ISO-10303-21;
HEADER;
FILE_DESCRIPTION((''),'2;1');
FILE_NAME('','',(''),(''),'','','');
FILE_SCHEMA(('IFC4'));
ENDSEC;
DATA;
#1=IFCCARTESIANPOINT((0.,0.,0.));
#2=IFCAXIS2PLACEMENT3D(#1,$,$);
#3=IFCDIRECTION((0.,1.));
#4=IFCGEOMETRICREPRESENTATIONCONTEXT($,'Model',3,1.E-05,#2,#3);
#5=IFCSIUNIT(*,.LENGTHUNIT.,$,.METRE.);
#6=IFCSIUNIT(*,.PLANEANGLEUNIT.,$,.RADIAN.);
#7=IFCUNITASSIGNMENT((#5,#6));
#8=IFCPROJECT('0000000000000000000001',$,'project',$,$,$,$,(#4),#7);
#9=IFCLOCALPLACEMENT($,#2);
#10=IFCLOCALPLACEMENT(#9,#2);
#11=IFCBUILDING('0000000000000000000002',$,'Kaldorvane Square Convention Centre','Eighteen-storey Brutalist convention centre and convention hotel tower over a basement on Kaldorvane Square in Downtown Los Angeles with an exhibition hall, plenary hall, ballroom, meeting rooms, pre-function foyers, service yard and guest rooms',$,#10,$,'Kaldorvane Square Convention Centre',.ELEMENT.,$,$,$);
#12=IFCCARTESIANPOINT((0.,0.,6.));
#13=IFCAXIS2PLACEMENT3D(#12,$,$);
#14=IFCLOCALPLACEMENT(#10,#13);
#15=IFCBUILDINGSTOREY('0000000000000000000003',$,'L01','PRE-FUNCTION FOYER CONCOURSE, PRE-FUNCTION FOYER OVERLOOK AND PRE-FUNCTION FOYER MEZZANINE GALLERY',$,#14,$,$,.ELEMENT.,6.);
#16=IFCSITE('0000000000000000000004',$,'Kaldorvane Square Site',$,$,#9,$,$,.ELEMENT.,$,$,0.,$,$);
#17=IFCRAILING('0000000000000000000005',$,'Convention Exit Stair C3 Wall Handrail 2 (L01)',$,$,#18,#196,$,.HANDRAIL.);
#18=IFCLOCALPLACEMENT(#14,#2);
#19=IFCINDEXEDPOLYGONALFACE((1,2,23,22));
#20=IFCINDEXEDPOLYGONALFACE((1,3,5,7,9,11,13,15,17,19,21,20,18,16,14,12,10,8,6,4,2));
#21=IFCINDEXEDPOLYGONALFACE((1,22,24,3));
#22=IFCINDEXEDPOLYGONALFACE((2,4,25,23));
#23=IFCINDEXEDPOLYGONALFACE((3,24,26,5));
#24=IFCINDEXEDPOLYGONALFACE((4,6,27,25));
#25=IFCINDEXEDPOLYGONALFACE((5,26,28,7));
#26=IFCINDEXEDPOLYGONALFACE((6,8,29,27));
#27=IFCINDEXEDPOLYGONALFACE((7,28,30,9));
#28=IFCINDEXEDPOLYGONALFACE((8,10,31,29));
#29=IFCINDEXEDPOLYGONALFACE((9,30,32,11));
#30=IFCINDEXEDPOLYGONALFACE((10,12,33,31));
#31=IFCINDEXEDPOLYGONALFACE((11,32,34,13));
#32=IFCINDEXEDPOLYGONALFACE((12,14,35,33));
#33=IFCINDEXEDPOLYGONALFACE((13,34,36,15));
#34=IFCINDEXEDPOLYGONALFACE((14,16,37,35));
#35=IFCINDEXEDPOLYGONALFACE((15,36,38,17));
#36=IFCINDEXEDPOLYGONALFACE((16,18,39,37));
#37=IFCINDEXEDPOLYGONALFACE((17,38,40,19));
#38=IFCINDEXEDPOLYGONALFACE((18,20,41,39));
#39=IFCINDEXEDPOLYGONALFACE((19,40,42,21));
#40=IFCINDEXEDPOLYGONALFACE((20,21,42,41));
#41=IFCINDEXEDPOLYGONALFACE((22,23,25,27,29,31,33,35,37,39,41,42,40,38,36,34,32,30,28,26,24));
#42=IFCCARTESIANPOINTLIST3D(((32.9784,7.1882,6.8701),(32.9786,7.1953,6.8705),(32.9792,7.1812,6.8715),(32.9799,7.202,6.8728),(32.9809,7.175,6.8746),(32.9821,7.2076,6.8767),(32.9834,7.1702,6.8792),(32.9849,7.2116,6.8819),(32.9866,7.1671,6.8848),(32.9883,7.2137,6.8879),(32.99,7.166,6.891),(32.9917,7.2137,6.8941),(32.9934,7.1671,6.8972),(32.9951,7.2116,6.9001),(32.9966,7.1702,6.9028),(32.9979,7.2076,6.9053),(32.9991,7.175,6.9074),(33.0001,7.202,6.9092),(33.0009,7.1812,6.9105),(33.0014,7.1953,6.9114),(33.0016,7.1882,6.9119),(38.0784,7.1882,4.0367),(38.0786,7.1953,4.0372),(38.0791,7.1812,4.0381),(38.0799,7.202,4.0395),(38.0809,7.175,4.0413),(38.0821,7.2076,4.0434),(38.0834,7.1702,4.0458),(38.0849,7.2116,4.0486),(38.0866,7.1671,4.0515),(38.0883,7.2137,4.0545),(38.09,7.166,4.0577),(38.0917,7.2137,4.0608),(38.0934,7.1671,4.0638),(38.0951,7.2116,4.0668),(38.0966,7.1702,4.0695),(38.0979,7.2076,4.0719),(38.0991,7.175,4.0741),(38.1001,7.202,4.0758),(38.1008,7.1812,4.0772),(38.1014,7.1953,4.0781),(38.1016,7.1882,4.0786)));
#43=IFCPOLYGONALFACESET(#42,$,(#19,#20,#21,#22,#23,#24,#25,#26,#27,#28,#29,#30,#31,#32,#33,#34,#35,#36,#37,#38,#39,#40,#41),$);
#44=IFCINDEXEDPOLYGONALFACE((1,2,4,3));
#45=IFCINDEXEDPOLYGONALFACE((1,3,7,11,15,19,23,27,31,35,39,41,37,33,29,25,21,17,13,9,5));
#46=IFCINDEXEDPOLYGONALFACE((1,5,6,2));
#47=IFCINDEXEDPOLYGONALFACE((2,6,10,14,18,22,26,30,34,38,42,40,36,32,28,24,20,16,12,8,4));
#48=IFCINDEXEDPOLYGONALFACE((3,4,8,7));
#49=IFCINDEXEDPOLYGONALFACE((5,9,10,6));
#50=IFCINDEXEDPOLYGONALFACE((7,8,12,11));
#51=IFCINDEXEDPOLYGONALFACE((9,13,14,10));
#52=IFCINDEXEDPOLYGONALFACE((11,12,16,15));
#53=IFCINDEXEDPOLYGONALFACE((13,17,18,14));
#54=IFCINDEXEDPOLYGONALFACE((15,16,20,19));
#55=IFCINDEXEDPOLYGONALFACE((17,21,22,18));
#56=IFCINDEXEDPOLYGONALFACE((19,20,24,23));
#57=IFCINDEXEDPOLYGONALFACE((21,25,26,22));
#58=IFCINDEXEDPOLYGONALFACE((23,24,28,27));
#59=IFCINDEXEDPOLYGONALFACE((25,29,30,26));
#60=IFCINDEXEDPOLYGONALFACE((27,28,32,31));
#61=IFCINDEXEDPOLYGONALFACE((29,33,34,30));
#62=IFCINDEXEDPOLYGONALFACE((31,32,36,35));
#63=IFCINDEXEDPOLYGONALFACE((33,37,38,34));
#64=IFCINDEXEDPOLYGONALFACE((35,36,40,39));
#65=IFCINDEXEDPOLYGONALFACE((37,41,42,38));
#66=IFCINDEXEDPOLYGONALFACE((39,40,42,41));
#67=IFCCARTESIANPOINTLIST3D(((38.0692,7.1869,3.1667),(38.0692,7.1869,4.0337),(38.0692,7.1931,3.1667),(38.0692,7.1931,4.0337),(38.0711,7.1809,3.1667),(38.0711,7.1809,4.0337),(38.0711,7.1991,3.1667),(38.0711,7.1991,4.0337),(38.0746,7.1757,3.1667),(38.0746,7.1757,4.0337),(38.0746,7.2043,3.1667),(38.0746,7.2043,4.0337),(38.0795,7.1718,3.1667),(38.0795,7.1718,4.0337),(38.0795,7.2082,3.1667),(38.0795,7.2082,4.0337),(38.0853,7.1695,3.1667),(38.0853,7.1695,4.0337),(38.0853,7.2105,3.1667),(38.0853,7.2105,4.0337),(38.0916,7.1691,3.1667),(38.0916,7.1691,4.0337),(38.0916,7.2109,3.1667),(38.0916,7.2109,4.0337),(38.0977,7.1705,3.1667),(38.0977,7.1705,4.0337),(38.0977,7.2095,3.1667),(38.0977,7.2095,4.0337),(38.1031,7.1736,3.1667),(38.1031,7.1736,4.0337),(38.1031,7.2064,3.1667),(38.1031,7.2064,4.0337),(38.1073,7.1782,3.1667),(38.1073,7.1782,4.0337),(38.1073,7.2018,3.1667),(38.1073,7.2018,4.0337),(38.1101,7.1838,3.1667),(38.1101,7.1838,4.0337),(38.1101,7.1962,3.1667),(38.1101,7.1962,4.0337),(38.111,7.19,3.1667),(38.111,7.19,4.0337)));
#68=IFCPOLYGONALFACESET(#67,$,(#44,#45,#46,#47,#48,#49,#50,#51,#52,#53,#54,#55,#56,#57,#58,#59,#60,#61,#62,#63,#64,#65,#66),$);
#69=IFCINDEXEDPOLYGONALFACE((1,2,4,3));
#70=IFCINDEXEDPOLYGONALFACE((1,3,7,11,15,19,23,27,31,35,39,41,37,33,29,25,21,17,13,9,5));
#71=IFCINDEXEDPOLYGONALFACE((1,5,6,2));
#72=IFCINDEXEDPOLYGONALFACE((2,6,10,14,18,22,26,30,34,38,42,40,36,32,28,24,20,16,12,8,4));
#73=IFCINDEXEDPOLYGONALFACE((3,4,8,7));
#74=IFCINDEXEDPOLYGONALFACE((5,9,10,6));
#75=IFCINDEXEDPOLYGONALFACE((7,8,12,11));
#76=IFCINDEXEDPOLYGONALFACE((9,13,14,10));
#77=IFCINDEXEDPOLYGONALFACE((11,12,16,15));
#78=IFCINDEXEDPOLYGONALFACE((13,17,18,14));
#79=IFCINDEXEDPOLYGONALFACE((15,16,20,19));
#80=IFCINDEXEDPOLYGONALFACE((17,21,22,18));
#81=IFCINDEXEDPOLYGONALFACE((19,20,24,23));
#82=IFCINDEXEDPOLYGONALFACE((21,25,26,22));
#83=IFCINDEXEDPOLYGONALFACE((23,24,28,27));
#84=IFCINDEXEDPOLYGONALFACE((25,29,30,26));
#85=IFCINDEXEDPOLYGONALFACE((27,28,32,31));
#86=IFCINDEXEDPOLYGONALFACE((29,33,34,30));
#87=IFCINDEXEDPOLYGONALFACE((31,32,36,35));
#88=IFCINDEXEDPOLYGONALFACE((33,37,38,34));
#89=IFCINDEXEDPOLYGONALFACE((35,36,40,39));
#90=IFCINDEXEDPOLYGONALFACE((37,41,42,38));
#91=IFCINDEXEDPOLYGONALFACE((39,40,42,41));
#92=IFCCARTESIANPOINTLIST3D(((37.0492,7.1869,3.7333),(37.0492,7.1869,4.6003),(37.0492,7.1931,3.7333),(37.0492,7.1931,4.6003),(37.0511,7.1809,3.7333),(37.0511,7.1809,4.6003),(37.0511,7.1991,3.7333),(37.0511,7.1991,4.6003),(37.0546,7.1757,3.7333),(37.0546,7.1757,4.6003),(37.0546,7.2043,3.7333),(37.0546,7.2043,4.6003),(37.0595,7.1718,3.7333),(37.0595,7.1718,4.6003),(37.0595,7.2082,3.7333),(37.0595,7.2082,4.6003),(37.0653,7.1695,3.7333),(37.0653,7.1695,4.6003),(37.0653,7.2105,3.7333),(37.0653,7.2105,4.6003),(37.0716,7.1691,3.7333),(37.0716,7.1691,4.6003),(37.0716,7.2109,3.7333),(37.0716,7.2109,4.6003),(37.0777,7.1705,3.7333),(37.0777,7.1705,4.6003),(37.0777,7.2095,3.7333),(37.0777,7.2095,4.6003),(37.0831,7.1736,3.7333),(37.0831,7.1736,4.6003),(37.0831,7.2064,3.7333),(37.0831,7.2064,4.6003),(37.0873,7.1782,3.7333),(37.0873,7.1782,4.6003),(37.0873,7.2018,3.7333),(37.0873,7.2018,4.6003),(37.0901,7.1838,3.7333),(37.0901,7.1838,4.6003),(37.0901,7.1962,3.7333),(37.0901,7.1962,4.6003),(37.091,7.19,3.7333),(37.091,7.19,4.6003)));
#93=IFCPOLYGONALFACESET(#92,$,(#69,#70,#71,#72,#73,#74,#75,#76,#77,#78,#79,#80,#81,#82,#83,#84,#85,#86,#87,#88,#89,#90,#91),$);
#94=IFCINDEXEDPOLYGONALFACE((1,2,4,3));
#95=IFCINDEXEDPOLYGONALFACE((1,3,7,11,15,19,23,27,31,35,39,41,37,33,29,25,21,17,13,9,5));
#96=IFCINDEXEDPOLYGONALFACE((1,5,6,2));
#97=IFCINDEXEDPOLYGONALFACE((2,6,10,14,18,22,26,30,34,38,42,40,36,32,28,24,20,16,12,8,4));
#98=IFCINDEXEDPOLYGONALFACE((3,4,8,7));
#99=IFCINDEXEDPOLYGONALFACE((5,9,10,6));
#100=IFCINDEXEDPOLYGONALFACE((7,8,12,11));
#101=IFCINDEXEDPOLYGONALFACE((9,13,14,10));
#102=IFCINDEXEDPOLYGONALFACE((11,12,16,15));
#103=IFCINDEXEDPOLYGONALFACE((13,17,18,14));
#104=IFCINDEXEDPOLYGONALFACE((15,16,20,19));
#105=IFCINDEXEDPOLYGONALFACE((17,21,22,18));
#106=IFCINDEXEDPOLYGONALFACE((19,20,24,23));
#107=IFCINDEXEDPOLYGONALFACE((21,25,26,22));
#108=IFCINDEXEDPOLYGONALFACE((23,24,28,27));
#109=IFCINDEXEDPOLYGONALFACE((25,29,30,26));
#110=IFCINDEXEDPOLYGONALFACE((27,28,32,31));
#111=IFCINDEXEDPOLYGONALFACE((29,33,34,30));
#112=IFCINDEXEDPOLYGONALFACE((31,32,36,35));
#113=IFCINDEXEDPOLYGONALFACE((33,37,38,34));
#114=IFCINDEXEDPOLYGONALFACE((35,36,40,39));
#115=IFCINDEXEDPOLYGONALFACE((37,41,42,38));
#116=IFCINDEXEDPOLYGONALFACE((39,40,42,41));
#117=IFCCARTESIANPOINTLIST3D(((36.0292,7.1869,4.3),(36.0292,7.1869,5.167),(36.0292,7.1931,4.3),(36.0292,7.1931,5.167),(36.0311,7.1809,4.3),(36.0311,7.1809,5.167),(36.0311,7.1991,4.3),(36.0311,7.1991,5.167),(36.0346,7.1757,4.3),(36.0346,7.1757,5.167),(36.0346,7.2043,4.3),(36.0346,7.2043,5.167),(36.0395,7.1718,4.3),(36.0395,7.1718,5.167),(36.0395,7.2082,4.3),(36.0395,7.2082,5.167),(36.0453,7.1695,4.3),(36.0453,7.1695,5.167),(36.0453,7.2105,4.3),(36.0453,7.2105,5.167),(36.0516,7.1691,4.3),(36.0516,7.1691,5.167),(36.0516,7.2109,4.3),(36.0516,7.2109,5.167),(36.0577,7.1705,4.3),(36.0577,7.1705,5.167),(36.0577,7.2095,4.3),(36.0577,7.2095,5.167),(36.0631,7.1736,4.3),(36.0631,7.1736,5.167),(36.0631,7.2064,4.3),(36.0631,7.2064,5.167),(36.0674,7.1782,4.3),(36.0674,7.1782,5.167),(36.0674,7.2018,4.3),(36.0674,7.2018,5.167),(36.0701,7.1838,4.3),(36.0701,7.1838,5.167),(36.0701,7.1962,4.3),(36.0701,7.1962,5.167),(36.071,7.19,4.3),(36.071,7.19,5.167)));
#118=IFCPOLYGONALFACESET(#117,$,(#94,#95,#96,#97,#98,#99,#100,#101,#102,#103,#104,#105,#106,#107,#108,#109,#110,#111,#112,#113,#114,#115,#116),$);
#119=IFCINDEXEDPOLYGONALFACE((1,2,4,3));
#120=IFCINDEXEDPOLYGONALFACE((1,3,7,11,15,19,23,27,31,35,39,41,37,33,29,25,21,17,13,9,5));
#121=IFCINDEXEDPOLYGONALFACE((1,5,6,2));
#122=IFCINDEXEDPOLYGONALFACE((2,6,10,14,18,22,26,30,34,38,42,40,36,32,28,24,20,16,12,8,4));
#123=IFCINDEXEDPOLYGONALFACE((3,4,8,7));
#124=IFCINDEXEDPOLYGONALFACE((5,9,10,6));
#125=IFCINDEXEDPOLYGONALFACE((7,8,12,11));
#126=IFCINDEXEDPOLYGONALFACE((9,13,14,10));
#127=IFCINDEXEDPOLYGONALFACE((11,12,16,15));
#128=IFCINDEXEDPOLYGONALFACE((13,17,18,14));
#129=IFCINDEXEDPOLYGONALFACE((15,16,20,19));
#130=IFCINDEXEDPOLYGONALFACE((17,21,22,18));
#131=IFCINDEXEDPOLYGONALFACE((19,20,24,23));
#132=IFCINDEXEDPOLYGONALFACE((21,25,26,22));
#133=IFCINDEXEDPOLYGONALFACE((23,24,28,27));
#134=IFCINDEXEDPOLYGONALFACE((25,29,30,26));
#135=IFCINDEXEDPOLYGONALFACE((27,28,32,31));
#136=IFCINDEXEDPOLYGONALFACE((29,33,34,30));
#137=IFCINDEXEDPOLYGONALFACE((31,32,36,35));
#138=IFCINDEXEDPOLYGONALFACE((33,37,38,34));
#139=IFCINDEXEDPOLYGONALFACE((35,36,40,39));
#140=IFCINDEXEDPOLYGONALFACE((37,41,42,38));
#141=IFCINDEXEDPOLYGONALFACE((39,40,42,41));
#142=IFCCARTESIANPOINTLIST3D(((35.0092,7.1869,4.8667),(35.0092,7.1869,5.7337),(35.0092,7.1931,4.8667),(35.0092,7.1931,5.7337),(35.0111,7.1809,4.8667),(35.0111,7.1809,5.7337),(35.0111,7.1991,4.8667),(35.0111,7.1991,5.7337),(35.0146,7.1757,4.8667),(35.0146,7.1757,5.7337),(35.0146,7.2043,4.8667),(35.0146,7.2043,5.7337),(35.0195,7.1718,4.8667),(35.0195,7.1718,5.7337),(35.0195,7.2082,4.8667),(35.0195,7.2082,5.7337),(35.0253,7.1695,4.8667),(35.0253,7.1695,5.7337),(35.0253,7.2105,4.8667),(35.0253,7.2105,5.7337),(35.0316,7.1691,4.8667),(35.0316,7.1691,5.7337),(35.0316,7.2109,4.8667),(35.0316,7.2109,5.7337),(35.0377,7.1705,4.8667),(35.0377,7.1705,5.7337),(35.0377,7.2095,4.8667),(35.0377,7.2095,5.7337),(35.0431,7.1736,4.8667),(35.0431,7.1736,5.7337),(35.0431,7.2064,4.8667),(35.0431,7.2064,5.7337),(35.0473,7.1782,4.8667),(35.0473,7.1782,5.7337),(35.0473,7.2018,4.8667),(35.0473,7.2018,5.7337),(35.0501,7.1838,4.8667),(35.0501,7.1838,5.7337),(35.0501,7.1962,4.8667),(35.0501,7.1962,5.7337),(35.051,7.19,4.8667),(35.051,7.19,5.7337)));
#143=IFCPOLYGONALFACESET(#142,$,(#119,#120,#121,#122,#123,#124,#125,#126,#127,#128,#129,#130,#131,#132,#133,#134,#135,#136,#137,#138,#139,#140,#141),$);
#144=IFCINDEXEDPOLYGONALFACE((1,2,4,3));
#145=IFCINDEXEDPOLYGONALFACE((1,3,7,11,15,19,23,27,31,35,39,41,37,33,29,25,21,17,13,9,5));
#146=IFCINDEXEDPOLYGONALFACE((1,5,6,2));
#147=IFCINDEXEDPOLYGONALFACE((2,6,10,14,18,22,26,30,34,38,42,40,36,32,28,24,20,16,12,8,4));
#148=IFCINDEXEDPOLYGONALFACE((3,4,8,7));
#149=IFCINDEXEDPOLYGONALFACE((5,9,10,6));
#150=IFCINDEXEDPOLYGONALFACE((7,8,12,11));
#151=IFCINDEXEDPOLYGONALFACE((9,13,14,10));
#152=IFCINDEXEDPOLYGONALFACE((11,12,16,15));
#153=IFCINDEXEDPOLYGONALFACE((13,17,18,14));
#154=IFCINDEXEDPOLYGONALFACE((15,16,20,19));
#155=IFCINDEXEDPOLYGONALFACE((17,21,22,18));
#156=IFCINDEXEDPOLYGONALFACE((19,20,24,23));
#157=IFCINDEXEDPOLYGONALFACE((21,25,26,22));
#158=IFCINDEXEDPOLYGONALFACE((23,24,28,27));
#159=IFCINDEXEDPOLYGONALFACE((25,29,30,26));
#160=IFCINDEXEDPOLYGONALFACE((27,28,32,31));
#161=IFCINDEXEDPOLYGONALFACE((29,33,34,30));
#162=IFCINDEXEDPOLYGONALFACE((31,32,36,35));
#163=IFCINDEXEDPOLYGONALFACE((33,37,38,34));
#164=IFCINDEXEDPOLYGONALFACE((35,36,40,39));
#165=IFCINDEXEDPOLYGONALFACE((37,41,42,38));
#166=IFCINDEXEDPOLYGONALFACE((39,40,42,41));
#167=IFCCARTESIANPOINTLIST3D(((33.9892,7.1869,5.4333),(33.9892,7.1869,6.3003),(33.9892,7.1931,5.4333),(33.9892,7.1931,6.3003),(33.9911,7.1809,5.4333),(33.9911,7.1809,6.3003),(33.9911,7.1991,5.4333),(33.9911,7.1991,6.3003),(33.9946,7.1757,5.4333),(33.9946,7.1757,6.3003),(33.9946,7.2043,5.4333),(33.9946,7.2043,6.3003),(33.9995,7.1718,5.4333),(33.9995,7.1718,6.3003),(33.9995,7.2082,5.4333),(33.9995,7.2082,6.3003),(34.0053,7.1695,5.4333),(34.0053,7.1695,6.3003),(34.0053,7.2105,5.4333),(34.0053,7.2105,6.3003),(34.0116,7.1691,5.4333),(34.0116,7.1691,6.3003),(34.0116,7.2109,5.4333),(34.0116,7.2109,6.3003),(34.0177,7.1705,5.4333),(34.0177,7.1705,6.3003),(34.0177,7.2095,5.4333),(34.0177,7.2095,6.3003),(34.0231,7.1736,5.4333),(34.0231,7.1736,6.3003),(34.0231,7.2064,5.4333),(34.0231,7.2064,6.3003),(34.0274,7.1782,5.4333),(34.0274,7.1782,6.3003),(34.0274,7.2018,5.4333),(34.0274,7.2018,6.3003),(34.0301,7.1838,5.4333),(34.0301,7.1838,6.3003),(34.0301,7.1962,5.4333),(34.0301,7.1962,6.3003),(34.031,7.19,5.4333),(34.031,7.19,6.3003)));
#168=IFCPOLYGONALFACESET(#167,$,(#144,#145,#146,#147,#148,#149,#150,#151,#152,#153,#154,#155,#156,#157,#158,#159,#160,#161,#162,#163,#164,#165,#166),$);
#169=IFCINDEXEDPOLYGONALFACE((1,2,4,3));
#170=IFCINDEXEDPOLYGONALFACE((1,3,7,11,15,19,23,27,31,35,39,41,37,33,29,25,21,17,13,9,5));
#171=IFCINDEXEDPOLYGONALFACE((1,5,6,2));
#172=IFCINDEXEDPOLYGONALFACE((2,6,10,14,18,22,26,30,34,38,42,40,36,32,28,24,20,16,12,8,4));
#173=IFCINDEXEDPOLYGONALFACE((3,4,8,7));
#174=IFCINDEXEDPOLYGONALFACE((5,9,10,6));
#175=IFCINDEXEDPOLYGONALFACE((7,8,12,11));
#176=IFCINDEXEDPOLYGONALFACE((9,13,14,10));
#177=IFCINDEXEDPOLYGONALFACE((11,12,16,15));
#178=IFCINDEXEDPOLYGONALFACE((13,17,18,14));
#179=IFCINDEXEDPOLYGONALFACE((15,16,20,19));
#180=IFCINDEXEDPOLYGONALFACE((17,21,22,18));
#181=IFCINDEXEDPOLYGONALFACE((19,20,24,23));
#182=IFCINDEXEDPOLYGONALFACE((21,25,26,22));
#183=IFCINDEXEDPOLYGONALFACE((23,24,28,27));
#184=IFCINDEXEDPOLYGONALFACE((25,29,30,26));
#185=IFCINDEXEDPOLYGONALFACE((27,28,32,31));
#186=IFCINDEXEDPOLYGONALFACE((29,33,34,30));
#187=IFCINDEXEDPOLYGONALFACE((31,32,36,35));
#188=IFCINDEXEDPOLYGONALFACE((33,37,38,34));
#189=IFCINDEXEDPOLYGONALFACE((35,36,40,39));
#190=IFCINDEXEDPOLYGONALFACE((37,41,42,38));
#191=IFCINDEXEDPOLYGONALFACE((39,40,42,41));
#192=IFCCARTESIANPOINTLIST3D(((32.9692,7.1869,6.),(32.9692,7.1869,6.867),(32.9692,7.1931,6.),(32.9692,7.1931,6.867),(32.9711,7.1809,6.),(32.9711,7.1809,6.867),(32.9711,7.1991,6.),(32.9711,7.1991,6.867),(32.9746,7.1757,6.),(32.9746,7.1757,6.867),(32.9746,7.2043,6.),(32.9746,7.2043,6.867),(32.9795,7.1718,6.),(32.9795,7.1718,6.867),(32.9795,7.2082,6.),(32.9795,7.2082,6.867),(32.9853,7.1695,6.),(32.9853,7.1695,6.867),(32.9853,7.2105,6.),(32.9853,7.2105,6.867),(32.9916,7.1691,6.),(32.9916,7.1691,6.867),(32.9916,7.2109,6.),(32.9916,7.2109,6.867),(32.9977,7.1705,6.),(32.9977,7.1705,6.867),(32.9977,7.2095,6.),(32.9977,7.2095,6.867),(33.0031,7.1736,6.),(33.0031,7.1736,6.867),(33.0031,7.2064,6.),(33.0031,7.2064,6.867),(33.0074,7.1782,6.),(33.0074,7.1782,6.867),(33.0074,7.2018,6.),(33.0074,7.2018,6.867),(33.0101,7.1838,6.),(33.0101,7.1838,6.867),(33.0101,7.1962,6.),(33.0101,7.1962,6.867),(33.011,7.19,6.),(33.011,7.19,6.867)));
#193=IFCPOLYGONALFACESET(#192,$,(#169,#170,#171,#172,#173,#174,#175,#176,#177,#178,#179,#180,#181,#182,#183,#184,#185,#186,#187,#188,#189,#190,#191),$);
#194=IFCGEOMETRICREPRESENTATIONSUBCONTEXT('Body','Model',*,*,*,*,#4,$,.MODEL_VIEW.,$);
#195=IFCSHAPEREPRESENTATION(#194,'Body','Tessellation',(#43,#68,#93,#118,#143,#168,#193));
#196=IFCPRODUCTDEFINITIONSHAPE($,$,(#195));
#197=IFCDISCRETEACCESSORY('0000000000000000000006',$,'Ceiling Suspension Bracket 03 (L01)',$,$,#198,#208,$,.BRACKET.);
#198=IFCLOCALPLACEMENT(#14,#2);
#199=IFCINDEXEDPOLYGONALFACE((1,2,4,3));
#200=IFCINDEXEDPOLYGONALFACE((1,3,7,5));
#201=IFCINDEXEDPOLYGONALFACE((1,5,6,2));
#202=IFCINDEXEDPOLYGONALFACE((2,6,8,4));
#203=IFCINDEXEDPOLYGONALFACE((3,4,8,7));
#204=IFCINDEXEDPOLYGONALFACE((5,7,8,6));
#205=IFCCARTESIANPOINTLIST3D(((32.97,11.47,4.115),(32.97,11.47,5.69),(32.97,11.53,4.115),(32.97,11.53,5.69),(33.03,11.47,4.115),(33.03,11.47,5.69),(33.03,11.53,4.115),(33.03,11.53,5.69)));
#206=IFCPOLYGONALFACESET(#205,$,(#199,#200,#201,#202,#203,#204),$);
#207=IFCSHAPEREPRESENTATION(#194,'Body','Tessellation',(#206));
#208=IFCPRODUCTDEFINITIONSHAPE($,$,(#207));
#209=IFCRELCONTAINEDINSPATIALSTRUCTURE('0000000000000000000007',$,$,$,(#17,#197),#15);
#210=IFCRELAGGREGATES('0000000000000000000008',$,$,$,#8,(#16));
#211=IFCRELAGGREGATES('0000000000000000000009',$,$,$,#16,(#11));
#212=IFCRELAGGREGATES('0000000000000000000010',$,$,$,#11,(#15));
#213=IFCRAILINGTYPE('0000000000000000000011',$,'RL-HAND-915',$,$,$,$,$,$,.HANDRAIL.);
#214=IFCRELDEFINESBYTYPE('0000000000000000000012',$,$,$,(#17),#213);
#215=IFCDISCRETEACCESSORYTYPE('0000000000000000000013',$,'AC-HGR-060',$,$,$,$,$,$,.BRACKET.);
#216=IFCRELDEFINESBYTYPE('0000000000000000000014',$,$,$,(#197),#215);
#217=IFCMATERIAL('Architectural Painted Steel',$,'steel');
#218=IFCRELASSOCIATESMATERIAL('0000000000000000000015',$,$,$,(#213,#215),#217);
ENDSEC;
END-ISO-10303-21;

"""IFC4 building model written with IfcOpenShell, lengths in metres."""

from ifc_helpers import new_model, si_unit, direction, frame, origin, origin_2d, place, context, subcontext, project, spatial, rectangle, circle, extrude, material, type_object, element, save


model = new_model("IFC4")

# Units and contexts
model_context = context("Model", 3, precision=1e-05, world=origin(), true_north=direction((0.0, 1.0)))
body_context = subcontext(model_context, "Body", "Model", "MODEL_VIEW")
ifc_project = project(units=[si_unit("LENGTHUNIT", "METRE"), si_unit("PLANEANGLEUNIT", "RADIAN")], contexts=[model_context])

# Site, building, storey
site_placement = place(None, origin())
site = spatial("IfcSite", under=ifc_project, at=site_placement, Name="Kaldorvane Square Site", CompositionType="ELEMENT", RefElevation=0.0)
building_placement = place(site_placement, origin())
building = spatial("IfcBuilding", under=site, at=building_placement, Name="Kaldorvane Square Convention Centre", Description="Eighteen-storey Brutalist convention centre and convention hotel tower over a basement on Kaldorvane Square in Downtown Los Angeles with an exhibition hall, plenary hall, ballroom, meeting rooms, pre-function foyers, service yard and guest rooms", LongName="Kaldorvane Square Convention Centre", CompositionType="ELEMENT")
storey_placement = place(building_placement, frame((0.0, 0.0, 6.0)))
storey = spatial("IfcBuildingStorey", under=building, at=storey_placement, Name="L01", Description="PRE-FUNCTION FOYER CONCOURSE, PRE-FUNCTION FOYER OVERLOOK AND PRE-FUNCTION FOYER MEZZANINE GALLERY", CompositionType="ELEMENT", Elevation=6.0)

# Railing
ifc_material_1 = material(Name="Architectural Painted Steel", Category="steel")
railing_type_1 = type_object("IfcRailingType", Name="RL-HAND-915", PredefinedType="HANDRAIL", material=ifc_material_1)
railing_1_placement = place(storey_placement, frame((38.09, 7.19, 3.1667)))
element("IfcRailing", 1, at=railing_1_placement, inside=storey, type_object=railing_type_1, Name="Convention Exit Stair C3 Wall Handrail 2 (L01)", PredefinedType="HANDRAIL", context=body_context, shape_type="SweptSolid", body=[
    extrude(circle(Radius=0.024, at=origin_2d()), frame((0.0, 0.0, 0.891), z_axis=(-0.874157, 0.0, 0.485643), x_axis=(0.0, -1.0, 0.0)), (0.0, 0.0, 1.0), 5.8342),
    extrude(circle(Radius=0.021, at=origin_2d()), origin(), (0.0, 0.0, 1.0), 0.867),
    extrude(circle(Radius=0.021, at=origin_2d()), frame((-1.02, 0.0, 0.5667)), (0.0, 0.0, 1.0), 0.867),
    extrude(circle(Radius=0.021, at=origin_2d()), frame((-2.04, 0.0, 1.1333)), (0.0, 0.0, 1.0), 0.867),
    extrude(circle(Radius=0.021, at=origin_2d()), frame((-3.06, 0.0, 1.7)), (0.0, 0.0, 1.0), 0.867),
    extrude(circle(Radius=0.021, at=origin_2d()), frame((-4.08, 0.0, 2.2667)), (0.0, 0.0, 1.0), 0.867),
    extrude(circle(Radius=0.021, at=origin_2d()), frame((-5.1, 0.0, 2.8333)), (0.0, 0.0, 1.0), 0.867),
])

# Discrete accessory
discrete_accessory_type = type_object("IfcDiscreteAccessoryType", Name="AC-HGR-060", PredefinedType="BRACKET", material=ifc_material_1)
discrete_accessory_placement = place(storey_placement, frame((33.0, 11.5, 4.115), z_axis=(0.0, 0.0, 1.0), x_axis=(1.0, 0.0, 0.0)))
element("IfcDiscreteAccessory", 2, at=discrete_accessory_placement, inside=storey, type_object=discrete_accessory_type, Name="Ceiling Suspension Bracket 03 (L01)", PredefinedType="BRACKET", context=body_context, shape_type="SweptSolid", body=[
    extrude(rectangle(XDim=0.06, YDim=0.06, at=origin_2d()), origin(), (0.0, 0.0, 1.0), 1.575),
])

save(model, "model.ifc")
